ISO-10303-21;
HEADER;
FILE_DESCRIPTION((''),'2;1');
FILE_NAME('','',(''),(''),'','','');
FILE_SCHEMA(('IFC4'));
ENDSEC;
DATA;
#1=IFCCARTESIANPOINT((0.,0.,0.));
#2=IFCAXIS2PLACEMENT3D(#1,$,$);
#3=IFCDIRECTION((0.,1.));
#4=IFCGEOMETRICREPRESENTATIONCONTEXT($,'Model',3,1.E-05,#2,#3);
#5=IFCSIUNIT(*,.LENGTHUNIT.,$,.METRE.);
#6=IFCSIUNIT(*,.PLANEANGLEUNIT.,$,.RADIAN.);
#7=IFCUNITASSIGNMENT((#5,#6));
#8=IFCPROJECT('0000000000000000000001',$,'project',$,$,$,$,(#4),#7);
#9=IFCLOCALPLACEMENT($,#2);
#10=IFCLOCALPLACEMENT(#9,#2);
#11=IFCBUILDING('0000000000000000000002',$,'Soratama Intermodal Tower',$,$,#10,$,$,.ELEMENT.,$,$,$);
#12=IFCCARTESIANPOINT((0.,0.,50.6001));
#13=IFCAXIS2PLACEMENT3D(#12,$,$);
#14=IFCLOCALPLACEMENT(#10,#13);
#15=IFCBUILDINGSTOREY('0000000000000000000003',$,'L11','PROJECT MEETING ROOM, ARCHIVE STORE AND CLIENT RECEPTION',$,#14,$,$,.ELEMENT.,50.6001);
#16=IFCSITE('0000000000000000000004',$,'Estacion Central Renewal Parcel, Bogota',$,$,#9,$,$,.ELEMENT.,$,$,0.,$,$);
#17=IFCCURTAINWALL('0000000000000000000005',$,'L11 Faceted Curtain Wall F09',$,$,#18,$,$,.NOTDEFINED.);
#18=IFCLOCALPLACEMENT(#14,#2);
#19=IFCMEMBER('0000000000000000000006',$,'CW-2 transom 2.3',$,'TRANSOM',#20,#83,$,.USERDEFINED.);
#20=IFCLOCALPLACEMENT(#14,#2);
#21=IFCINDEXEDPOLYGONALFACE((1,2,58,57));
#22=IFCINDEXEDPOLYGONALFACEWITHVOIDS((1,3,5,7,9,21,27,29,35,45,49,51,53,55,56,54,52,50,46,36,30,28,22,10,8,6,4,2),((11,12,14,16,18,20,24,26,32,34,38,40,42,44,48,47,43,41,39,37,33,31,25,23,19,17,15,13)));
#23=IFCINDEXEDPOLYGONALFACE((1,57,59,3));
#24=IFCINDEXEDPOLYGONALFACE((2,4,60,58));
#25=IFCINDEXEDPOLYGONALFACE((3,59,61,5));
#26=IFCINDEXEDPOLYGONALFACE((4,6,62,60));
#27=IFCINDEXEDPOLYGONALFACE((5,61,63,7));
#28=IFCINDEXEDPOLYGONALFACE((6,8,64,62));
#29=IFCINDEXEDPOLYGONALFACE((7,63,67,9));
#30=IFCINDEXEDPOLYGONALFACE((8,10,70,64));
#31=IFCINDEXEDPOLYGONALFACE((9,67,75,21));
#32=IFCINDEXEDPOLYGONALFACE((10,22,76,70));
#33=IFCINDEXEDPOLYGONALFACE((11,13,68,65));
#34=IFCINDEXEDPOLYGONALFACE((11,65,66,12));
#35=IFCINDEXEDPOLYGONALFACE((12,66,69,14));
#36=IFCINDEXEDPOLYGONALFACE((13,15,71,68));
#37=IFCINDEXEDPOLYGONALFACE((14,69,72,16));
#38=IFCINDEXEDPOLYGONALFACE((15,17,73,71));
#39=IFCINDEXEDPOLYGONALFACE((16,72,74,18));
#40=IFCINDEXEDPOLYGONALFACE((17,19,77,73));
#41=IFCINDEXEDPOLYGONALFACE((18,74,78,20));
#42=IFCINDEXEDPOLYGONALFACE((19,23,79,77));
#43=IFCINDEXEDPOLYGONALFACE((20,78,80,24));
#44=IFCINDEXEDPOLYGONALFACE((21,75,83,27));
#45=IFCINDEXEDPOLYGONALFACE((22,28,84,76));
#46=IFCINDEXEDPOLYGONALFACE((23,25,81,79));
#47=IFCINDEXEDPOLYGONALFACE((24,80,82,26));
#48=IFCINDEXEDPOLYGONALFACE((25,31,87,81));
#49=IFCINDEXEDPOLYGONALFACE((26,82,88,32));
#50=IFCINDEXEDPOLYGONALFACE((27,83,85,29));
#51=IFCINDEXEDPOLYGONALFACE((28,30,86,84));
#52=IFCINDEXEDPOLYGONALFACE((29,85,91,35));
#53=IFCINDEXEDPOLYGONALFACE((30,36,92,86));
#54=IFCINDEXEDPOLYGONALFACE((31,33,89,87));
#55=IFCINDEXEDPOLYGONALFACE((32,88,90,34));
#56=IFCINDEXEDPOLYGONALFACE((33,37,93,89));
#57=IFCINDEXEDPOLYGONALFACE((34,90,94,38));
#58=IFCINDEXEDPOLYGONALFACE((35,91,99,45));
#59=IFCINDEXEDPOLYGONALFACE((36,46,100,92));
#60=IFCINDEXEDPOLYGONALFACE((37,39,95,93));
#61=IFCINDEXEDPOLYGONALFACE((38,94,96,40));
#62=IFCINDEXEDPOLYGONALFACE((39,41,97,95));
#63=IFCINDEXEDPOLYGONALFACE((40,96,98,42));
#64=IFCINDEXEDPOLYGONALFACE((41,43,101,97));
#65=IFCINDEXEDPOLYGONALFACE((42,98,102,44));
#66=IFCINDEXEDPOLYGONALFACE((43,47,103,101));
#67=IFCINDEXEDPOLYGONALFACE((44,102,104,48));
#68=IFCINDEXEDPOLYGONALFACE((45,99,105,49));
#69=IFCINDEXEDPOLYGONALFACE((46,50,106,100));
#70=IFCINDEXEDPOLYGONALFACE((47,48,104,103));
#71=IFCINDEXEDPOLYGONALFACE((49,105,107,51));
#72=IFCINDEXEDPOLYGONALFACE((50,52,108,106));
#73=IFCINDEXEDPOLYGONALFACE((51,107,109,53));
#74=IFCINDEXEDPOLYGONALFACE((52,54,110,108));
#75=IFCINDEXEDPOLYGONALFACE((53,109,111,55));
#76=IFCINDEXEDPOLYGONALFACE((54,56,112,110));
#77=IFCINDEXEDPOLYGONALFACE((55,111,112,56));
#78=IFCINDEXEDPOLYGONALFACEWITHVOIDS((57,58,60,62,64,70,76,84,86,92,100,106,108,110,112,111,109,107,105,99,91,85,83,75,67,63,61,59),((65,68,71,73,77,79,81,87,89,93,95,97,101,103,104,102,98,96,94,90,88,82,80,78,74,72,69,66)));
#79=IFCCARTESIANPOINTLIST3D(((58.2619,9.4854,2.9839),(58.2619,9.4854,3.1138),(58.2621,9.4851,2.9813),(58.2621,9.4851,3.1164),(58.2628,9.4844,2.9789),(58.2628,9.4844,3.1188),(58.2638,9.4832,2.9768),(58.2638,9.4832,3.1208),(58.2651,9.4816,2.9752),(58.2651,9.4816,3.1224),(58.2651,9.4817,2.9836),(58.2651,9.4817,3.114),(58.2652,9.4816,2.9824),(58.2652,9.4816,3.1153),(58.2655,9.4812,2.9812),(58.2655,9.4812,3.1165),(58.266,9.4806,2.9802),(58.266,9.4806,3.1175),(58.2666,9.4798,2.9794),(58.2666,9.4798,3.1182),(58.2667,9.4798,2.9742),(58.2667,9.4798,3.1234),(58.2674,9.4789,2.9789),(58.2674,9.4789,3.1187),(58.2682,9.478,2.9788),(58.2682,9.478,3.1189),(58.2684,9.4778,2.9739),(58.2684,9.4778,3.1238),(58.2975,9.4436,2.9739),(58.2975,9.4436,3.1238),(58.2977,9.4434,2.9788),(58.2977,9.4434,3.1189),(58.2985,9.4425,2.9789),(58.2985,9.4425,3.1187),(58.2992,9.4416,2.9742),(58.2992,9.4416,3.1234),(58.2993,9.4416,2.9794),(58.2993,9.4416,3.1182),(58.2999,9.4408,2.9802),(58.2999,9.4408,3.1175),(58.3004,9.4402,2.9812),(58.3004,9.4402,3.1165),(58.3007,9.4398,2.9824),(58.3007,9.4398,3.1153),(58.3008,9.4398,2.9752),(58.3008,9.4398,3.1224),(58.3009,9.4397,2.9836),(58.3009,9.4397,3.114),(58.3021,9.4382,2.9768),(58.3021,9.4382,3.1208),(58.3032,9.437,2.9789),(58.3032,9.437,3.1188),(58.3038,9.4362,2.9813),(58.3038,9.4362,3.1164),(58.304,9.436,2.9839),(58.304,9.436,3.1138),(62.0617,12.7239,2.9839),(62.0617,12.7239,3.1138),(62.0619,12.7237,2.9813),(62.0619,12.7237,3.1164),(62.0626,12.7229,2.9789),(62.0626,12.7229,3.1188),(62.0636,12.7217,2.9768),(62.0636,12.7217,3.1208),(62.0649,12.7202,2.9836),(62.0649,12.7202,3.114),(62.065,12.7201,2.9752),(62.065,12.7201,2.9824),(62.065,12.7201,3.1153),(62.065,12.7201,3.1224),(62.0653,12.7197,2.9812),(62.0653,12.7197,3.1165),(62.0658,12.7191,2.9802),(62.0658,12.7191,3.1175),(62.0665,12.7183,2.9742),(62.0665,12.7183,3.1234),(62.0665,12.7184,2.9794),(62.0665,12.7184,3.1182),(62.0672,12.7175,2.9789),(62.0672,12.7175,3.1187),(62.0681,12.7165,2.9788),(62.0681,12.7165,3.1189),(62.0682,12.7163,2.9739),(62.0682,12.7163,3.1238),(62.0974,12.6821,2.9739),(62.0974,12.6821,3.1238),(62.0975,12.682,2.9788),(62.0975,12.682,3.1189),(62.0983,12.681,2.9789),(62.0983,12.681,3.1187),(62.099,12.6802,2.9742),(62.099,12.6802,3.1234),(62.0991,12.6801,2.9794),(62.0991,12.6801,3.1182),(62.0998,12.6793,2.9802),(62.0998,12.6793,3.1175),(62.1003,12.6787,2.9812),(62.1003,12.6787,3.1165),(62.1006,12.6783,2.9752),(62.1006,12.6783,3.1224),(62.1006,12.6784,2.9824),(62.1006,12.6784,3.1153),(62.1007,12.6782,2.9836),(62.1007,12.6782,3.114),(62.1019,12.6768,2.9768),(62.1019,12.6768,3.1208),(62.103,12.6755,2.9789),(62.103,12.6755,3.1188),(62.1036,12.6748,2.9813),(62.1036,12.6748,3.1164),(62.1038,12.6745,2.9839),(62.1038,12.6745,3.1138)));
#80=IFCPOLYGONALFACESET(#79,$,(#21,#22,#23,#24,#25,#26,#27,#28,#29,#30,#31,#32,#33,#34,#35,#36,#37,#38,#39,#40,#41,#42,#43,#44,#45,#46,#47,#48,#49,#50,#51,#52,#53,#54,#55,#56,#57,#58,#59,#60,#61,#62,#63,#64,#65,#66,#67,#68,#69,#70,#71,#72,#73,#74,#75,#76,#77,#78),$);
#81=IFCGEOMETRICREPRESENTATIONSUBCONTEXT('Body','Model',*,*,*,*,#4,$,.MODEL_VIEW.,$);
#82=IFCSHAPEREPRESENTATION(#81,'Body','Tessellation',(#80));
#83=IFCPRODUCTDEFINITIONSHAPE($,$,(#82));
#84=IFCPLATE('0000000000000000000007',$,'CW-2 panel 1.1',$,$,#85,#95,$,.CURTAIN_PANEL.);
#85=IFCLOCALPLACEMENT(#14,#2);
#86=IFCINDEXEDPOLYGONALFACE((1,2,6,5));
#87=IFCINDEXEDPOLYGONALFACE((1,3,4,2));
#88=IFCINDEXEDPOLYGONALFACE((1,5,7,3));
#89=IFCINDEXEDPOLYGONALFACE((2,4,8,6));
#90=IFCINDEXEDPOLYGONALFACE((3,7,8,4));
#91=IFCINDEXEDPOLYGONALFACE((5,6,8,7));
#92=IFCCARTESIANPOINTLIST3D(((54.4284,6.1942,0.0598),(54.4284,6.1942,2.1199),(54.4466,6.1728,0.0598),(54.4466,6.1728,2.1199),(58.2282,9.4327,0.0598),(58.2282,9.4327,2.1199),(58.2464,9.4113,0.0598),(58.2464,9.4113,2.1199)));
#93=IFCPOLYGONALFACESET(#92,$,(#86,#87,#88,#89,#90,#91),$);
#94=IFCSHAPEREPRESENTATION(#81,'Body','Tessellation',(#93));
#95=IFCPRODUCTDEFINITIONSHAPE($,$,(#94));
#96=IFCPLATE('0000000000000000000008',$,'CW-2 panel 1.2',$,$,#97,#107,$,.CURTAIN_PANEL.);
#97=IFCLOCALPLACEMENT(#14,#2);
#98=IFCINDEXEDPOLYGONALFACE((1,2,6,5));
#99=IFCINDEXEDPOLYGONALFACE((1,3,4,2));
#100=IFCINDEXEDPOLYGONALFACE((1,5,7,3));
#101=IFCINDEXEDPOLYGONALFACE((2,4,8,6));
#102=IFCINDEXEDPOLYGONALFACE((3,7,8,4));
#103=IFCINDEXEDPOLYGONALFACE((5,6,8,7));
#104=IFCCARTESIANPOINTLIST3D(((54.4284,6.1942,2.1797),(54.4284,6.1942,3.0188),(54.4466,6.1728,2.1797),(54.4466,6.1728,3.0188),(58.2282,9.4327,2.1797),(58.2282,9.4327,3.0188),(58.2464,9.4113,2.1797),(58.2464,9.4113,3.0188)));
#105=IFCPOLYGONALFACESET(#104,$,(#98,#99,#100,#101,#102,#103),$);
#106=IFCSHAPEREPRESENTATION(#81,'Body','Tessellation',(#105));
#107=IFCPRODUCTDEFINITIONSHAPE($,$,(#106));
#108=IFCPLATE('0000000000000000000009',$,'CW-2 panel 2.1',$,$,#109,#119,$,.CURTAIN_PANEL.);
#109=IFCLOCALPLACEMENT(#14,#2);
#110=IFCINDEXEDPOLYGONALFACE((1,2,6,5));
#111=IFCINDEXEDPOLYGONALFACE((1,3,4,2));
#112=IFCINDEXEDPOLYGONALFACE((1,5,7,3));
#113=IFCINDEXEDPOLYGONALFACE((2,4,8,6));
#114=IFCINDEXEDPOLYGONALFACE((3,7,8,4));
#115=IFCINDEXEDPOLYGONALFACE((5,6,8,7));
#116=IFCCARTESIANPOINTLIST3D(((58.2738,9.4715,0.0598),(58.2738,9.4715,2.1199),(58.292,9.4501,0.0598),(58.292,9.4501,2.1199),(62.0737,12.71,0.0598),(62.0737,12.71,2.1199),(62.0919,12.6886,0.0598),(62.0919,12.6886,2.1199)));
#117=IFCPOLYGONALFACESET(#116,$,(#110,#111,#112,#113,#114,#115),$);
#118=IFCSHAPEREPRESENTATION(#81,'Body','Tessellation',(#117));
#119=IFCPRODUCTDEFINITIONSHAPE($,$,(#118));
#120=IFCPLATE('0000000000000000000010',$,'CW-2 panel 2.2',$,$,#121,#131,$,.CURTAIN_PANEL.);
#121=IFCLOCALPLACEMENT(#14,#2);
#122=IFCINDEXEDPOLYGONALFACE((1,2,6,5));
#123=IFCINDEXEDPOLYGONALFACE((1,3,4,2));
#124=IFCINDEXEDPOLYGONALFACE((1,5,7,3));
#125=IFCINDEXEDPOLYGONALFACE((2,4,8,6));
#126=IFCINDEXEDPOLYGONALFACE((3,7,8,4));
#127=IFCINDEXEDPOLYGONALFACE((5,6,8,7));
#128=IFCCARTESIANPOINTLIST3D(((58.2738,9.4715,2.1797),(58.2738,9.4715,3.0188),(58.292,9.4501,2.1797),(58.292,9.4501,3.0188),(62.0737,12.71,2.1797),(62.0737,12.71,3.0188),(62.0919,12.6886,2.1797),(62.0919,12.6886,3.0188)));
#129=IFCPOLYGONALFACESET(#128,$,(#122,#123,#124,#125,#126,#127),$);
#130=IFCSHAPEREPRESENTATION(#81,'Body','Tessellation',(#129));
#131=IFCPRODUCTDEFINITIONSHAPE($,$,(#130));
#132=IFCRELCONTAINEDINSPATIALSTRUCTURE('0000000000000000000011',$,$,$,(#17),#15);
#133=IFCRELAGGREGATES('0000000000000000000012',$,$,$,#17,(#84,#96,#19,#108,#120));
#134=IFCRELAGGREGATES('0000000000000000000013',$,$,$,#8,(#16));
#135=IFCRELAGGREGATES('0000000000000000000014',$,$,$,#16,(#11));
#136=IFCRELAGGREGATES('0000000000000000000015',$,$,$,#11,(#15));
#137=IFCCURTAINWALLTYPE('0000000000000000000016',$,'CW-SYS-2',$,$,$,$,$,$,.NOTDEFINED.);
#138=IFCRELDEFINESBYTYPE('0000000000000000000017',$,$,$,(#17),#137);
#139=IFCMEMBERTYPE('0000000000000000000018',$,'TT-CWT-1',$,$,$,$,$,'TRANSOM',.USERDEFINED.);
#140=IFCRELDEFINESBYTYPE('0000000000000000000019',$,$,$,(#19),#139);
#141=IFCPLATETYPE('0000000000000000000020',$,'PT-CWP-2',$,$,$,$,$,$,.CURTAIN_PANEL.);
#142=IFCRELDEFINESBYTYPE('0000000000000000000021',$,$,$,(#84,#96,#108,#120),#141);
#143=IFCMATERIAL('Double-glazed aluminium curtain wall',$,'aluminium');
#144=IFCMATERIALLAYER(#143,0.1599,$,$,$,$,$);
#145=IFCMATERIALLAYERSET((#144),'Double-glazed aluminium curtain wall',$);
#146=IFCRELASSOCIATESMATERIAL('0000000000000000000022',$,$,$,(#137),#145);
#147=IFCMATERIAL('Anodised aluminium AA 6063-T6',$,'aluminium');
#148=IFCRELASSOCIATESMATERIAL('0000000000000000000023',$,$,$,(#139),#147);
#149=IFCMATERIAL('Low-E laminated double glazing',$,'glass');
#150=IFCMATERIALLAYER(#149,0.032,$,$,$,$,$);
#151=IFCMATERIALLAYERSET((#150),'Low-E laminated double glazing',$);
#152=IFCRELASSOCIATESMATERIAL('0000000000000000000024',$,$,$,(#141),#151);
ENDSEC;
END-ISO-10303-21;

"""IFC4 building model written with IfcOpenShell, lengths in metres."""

from ifc_helpers import new_model, si_unit, direction, frame, origin, origin_2d, place, context, subcontext, project, spatial, rectangle, hollow_rectangle, extrude, material, layer, layer_set, material_profile, profile_set, type_object, element, aggregate, save


model = new_model("IFC4")

# Units and contexts
model_context = context("Model", 3, precision=1e-05, world=origin(), true_north=direction((0.0, 1.0)))
body_context = subcontext(model_context, "Body", "Model", "MODEL_VIEW")
ifc_project = project(units=[si_unit("LENGTHUNIT", "METRE"), si_unit("PLANEANGLEUNIT", "RADIAN")], contexts=[model_context])

# Site, building, storey
site_placement = place(None, origin())
site = spatial("IfcSite", under=ifc_project, at=site_placement, Name="Estacion Central Renewal Parcel, Bogota", CompositionType="ELEMENT", RefElevation=0.0)
building_placement = place(site_placement, origin())
building = spatial("IfcBuilding", under=site, at=building_placement, Name="Soratama Intermodal Tower", CompositionType="ELEMENT")
storey_placement = place(building_placement, frame((0.0, 0.0, 50.6001)))
storey = spatial("IfcBuildingStorey", under=building, at=storey_placement, Name="L11", Description="PROJECT MEETING ROOM, ARCHIVE STORE AND CLIENT RECEPTION", CompositionType="ELEMENT", Elevation=50.6001)

# Curtain wall, member, plates
ifc_material_1 = material(Name="Double-glazed aluminium curtain wall", Category="aluminium")
ifc_layer_1 = layer(ifc_material_1, 0.1599)
ifc_layer_set_1 = layer_set([ifc_layer_1], Name="Double-glazed aluminium curtain wall")
curtain_wall_type = type_object("IfcCurtainWallType", Name="CW-SYS-2", PredefinedType="NOTDEFINED", material=ifc_layer_set_1)
curtain_wall_placement = place(storey_placement, origin())
curtain_wall = element("IfcCurtainWall", 1, at=curtain_wall_placement, inside=storey, type_object=curtain_wall_type, Name="L11 Faceted Curtain Wall F09", PredefinedType="NOTDEFINED")
ifc_material_2 = material(Name="Anodised aluminium AA 6063-T6", Category="aluminium")
ifc_material_profile_1 = material_profile(ifc_material_2, hollow_rectangle(XDim=0.0649, YDim=0.1499, WallThickness=0.0049, InnerFilletRadius=0.0049, OuterFilletRadius=0.01, at=origin_2d()), Name="CWT150X65X5")
ifc_profile_set_1 = profile_set([ifc_material_profile_1], Name="Anodised aluminium AA 6063-T6")
member_type_1 = type_object("IfcMemberType", Name="TT-CWT-1", ElementType="TRANSOM", PredefinedType="USERDEFINED", material=ifc_profile_set_1)
member_1_placement = place(storey_placement, frame((58.283, 9.4607, 3.0488), z_axis=(0.76108, 0.648658, 0.0), x_axis=(-0.648658, 0.76108, 0.0)))
member_1 = element("IfcMember", 2, at=member_1_placement, type_object=member_type_1, Name="CW-2 transom 2.3", ObjectType="TRANSOM", PredefinedType="USERDEFINED", context=body_context, shape_type="SweptSolid", body=[
    extrude(hollow_rectangle(XDim=0.0649, YDim=0.1499, WallThickness=0.0049, InnerFilletRadius=0.0049, OuterFilletRadius=0.01, at=origin_2d()), origin(), (0.0, 0.0, 1.0), 4.9927),
])
ifc_material_3 = material(Name="Low-E laminated double glazing", Category="glass")
ifc_layer_2 = layer(ifc_material_3, 0.032)
ifc_layer_set_2 = layer_set([ifc_layer_2], Name="Low-E laminated double glazing")
plate_type = type_object("IfcPlateType", Name="PT-CWP-2", PredefinedType="CURTAIN_PANEL", material=ifc_layer_set_2)
plate_1_placement = place(storey_placement, frame((56.3374, 7.8027, 0.0598), z_axis=(0.0, 0.0, 1.0), x_axis=(0.761085, 0.648652, 0.0)))
plate_1 = element("IfcPlate", 3, at=plate_1_placement, type_object=plate_type, Name="CW-2 panel 1.1", PredefinedType="CURTAIN_PANEL", context=body_context, shape_type="SweptSolid", body=[
    extrude(rectangle(XDim=4.9927, YDim=0.0281, at=origin_2d()), origin(), (0.0, 0.0, 1.0), 2.0601),
])
plate_2_placement = place(storey_placement, frame((56.3374, 7.8027, 2.1797), z_axis=(0.0, 0.0, 1.0), x_axis=(0.761085, 0.648652, 0.0)))
plate_2 = element("IfcPlate", 4, at=plate_2_placement, type_object=plate_type, Name="CW-2 panel 1.2", PredefinedType="CURTAIN_PANEL", context=body_context, shape_type="SweptSolid", body=[
    extrude(rectangle(XDim=4.9927, YDim=0.0281, at=origin_2d()), origin(), (0.0, 0.0, 1.0), 0.8391),
])
plate_3_placement = place(storey_placement, frame((60.1829, 11.0801, 0.0598), z_axis=(0.0, 0.0, 1.0), x_axis=(0.761085, 0.648652, 0.0)))
plate_3 = element("IfcPlate", 5, at=plate_3_placement, type_object=plate_type, Name="CW-2 panel 2.1", PredefinedType="CURTAIN_PANEL", context=body_context, shape_type="SweptSolid", body=[
    extrude(rectangle(XDim=4.9927, YDim=0.0281, at=origin_2d()), origin(), (0.0, 0.0, 1.0), 2.0601),
])
plate_4_placement = place(storey_placement, frame((60.1829, 11.0801, 2.1797), z_axis=(0.0, 0.0, 1.0), x_axis=(0.761085, 0.648652, 0.0)))
plate_4 = element("IfcPlate", 6, at=plate_4_placement, type_object=plate_type, Name="CW-2 panel 2.2", PredefinedType="CURTAIN_PANEL", context=body_context, shape_type="SweptSolid", body=[
    extrude(rectangle(XDim=4.9927, YDim=0.0281, at=origin_2d()), origin(), (0.0, 0.0, 1.0), 0.8391),
])
aggregate(curtain_wall, [plate_1, plate_2, member_1, plate_3, plate_4])

save(model, "model.ifc")
